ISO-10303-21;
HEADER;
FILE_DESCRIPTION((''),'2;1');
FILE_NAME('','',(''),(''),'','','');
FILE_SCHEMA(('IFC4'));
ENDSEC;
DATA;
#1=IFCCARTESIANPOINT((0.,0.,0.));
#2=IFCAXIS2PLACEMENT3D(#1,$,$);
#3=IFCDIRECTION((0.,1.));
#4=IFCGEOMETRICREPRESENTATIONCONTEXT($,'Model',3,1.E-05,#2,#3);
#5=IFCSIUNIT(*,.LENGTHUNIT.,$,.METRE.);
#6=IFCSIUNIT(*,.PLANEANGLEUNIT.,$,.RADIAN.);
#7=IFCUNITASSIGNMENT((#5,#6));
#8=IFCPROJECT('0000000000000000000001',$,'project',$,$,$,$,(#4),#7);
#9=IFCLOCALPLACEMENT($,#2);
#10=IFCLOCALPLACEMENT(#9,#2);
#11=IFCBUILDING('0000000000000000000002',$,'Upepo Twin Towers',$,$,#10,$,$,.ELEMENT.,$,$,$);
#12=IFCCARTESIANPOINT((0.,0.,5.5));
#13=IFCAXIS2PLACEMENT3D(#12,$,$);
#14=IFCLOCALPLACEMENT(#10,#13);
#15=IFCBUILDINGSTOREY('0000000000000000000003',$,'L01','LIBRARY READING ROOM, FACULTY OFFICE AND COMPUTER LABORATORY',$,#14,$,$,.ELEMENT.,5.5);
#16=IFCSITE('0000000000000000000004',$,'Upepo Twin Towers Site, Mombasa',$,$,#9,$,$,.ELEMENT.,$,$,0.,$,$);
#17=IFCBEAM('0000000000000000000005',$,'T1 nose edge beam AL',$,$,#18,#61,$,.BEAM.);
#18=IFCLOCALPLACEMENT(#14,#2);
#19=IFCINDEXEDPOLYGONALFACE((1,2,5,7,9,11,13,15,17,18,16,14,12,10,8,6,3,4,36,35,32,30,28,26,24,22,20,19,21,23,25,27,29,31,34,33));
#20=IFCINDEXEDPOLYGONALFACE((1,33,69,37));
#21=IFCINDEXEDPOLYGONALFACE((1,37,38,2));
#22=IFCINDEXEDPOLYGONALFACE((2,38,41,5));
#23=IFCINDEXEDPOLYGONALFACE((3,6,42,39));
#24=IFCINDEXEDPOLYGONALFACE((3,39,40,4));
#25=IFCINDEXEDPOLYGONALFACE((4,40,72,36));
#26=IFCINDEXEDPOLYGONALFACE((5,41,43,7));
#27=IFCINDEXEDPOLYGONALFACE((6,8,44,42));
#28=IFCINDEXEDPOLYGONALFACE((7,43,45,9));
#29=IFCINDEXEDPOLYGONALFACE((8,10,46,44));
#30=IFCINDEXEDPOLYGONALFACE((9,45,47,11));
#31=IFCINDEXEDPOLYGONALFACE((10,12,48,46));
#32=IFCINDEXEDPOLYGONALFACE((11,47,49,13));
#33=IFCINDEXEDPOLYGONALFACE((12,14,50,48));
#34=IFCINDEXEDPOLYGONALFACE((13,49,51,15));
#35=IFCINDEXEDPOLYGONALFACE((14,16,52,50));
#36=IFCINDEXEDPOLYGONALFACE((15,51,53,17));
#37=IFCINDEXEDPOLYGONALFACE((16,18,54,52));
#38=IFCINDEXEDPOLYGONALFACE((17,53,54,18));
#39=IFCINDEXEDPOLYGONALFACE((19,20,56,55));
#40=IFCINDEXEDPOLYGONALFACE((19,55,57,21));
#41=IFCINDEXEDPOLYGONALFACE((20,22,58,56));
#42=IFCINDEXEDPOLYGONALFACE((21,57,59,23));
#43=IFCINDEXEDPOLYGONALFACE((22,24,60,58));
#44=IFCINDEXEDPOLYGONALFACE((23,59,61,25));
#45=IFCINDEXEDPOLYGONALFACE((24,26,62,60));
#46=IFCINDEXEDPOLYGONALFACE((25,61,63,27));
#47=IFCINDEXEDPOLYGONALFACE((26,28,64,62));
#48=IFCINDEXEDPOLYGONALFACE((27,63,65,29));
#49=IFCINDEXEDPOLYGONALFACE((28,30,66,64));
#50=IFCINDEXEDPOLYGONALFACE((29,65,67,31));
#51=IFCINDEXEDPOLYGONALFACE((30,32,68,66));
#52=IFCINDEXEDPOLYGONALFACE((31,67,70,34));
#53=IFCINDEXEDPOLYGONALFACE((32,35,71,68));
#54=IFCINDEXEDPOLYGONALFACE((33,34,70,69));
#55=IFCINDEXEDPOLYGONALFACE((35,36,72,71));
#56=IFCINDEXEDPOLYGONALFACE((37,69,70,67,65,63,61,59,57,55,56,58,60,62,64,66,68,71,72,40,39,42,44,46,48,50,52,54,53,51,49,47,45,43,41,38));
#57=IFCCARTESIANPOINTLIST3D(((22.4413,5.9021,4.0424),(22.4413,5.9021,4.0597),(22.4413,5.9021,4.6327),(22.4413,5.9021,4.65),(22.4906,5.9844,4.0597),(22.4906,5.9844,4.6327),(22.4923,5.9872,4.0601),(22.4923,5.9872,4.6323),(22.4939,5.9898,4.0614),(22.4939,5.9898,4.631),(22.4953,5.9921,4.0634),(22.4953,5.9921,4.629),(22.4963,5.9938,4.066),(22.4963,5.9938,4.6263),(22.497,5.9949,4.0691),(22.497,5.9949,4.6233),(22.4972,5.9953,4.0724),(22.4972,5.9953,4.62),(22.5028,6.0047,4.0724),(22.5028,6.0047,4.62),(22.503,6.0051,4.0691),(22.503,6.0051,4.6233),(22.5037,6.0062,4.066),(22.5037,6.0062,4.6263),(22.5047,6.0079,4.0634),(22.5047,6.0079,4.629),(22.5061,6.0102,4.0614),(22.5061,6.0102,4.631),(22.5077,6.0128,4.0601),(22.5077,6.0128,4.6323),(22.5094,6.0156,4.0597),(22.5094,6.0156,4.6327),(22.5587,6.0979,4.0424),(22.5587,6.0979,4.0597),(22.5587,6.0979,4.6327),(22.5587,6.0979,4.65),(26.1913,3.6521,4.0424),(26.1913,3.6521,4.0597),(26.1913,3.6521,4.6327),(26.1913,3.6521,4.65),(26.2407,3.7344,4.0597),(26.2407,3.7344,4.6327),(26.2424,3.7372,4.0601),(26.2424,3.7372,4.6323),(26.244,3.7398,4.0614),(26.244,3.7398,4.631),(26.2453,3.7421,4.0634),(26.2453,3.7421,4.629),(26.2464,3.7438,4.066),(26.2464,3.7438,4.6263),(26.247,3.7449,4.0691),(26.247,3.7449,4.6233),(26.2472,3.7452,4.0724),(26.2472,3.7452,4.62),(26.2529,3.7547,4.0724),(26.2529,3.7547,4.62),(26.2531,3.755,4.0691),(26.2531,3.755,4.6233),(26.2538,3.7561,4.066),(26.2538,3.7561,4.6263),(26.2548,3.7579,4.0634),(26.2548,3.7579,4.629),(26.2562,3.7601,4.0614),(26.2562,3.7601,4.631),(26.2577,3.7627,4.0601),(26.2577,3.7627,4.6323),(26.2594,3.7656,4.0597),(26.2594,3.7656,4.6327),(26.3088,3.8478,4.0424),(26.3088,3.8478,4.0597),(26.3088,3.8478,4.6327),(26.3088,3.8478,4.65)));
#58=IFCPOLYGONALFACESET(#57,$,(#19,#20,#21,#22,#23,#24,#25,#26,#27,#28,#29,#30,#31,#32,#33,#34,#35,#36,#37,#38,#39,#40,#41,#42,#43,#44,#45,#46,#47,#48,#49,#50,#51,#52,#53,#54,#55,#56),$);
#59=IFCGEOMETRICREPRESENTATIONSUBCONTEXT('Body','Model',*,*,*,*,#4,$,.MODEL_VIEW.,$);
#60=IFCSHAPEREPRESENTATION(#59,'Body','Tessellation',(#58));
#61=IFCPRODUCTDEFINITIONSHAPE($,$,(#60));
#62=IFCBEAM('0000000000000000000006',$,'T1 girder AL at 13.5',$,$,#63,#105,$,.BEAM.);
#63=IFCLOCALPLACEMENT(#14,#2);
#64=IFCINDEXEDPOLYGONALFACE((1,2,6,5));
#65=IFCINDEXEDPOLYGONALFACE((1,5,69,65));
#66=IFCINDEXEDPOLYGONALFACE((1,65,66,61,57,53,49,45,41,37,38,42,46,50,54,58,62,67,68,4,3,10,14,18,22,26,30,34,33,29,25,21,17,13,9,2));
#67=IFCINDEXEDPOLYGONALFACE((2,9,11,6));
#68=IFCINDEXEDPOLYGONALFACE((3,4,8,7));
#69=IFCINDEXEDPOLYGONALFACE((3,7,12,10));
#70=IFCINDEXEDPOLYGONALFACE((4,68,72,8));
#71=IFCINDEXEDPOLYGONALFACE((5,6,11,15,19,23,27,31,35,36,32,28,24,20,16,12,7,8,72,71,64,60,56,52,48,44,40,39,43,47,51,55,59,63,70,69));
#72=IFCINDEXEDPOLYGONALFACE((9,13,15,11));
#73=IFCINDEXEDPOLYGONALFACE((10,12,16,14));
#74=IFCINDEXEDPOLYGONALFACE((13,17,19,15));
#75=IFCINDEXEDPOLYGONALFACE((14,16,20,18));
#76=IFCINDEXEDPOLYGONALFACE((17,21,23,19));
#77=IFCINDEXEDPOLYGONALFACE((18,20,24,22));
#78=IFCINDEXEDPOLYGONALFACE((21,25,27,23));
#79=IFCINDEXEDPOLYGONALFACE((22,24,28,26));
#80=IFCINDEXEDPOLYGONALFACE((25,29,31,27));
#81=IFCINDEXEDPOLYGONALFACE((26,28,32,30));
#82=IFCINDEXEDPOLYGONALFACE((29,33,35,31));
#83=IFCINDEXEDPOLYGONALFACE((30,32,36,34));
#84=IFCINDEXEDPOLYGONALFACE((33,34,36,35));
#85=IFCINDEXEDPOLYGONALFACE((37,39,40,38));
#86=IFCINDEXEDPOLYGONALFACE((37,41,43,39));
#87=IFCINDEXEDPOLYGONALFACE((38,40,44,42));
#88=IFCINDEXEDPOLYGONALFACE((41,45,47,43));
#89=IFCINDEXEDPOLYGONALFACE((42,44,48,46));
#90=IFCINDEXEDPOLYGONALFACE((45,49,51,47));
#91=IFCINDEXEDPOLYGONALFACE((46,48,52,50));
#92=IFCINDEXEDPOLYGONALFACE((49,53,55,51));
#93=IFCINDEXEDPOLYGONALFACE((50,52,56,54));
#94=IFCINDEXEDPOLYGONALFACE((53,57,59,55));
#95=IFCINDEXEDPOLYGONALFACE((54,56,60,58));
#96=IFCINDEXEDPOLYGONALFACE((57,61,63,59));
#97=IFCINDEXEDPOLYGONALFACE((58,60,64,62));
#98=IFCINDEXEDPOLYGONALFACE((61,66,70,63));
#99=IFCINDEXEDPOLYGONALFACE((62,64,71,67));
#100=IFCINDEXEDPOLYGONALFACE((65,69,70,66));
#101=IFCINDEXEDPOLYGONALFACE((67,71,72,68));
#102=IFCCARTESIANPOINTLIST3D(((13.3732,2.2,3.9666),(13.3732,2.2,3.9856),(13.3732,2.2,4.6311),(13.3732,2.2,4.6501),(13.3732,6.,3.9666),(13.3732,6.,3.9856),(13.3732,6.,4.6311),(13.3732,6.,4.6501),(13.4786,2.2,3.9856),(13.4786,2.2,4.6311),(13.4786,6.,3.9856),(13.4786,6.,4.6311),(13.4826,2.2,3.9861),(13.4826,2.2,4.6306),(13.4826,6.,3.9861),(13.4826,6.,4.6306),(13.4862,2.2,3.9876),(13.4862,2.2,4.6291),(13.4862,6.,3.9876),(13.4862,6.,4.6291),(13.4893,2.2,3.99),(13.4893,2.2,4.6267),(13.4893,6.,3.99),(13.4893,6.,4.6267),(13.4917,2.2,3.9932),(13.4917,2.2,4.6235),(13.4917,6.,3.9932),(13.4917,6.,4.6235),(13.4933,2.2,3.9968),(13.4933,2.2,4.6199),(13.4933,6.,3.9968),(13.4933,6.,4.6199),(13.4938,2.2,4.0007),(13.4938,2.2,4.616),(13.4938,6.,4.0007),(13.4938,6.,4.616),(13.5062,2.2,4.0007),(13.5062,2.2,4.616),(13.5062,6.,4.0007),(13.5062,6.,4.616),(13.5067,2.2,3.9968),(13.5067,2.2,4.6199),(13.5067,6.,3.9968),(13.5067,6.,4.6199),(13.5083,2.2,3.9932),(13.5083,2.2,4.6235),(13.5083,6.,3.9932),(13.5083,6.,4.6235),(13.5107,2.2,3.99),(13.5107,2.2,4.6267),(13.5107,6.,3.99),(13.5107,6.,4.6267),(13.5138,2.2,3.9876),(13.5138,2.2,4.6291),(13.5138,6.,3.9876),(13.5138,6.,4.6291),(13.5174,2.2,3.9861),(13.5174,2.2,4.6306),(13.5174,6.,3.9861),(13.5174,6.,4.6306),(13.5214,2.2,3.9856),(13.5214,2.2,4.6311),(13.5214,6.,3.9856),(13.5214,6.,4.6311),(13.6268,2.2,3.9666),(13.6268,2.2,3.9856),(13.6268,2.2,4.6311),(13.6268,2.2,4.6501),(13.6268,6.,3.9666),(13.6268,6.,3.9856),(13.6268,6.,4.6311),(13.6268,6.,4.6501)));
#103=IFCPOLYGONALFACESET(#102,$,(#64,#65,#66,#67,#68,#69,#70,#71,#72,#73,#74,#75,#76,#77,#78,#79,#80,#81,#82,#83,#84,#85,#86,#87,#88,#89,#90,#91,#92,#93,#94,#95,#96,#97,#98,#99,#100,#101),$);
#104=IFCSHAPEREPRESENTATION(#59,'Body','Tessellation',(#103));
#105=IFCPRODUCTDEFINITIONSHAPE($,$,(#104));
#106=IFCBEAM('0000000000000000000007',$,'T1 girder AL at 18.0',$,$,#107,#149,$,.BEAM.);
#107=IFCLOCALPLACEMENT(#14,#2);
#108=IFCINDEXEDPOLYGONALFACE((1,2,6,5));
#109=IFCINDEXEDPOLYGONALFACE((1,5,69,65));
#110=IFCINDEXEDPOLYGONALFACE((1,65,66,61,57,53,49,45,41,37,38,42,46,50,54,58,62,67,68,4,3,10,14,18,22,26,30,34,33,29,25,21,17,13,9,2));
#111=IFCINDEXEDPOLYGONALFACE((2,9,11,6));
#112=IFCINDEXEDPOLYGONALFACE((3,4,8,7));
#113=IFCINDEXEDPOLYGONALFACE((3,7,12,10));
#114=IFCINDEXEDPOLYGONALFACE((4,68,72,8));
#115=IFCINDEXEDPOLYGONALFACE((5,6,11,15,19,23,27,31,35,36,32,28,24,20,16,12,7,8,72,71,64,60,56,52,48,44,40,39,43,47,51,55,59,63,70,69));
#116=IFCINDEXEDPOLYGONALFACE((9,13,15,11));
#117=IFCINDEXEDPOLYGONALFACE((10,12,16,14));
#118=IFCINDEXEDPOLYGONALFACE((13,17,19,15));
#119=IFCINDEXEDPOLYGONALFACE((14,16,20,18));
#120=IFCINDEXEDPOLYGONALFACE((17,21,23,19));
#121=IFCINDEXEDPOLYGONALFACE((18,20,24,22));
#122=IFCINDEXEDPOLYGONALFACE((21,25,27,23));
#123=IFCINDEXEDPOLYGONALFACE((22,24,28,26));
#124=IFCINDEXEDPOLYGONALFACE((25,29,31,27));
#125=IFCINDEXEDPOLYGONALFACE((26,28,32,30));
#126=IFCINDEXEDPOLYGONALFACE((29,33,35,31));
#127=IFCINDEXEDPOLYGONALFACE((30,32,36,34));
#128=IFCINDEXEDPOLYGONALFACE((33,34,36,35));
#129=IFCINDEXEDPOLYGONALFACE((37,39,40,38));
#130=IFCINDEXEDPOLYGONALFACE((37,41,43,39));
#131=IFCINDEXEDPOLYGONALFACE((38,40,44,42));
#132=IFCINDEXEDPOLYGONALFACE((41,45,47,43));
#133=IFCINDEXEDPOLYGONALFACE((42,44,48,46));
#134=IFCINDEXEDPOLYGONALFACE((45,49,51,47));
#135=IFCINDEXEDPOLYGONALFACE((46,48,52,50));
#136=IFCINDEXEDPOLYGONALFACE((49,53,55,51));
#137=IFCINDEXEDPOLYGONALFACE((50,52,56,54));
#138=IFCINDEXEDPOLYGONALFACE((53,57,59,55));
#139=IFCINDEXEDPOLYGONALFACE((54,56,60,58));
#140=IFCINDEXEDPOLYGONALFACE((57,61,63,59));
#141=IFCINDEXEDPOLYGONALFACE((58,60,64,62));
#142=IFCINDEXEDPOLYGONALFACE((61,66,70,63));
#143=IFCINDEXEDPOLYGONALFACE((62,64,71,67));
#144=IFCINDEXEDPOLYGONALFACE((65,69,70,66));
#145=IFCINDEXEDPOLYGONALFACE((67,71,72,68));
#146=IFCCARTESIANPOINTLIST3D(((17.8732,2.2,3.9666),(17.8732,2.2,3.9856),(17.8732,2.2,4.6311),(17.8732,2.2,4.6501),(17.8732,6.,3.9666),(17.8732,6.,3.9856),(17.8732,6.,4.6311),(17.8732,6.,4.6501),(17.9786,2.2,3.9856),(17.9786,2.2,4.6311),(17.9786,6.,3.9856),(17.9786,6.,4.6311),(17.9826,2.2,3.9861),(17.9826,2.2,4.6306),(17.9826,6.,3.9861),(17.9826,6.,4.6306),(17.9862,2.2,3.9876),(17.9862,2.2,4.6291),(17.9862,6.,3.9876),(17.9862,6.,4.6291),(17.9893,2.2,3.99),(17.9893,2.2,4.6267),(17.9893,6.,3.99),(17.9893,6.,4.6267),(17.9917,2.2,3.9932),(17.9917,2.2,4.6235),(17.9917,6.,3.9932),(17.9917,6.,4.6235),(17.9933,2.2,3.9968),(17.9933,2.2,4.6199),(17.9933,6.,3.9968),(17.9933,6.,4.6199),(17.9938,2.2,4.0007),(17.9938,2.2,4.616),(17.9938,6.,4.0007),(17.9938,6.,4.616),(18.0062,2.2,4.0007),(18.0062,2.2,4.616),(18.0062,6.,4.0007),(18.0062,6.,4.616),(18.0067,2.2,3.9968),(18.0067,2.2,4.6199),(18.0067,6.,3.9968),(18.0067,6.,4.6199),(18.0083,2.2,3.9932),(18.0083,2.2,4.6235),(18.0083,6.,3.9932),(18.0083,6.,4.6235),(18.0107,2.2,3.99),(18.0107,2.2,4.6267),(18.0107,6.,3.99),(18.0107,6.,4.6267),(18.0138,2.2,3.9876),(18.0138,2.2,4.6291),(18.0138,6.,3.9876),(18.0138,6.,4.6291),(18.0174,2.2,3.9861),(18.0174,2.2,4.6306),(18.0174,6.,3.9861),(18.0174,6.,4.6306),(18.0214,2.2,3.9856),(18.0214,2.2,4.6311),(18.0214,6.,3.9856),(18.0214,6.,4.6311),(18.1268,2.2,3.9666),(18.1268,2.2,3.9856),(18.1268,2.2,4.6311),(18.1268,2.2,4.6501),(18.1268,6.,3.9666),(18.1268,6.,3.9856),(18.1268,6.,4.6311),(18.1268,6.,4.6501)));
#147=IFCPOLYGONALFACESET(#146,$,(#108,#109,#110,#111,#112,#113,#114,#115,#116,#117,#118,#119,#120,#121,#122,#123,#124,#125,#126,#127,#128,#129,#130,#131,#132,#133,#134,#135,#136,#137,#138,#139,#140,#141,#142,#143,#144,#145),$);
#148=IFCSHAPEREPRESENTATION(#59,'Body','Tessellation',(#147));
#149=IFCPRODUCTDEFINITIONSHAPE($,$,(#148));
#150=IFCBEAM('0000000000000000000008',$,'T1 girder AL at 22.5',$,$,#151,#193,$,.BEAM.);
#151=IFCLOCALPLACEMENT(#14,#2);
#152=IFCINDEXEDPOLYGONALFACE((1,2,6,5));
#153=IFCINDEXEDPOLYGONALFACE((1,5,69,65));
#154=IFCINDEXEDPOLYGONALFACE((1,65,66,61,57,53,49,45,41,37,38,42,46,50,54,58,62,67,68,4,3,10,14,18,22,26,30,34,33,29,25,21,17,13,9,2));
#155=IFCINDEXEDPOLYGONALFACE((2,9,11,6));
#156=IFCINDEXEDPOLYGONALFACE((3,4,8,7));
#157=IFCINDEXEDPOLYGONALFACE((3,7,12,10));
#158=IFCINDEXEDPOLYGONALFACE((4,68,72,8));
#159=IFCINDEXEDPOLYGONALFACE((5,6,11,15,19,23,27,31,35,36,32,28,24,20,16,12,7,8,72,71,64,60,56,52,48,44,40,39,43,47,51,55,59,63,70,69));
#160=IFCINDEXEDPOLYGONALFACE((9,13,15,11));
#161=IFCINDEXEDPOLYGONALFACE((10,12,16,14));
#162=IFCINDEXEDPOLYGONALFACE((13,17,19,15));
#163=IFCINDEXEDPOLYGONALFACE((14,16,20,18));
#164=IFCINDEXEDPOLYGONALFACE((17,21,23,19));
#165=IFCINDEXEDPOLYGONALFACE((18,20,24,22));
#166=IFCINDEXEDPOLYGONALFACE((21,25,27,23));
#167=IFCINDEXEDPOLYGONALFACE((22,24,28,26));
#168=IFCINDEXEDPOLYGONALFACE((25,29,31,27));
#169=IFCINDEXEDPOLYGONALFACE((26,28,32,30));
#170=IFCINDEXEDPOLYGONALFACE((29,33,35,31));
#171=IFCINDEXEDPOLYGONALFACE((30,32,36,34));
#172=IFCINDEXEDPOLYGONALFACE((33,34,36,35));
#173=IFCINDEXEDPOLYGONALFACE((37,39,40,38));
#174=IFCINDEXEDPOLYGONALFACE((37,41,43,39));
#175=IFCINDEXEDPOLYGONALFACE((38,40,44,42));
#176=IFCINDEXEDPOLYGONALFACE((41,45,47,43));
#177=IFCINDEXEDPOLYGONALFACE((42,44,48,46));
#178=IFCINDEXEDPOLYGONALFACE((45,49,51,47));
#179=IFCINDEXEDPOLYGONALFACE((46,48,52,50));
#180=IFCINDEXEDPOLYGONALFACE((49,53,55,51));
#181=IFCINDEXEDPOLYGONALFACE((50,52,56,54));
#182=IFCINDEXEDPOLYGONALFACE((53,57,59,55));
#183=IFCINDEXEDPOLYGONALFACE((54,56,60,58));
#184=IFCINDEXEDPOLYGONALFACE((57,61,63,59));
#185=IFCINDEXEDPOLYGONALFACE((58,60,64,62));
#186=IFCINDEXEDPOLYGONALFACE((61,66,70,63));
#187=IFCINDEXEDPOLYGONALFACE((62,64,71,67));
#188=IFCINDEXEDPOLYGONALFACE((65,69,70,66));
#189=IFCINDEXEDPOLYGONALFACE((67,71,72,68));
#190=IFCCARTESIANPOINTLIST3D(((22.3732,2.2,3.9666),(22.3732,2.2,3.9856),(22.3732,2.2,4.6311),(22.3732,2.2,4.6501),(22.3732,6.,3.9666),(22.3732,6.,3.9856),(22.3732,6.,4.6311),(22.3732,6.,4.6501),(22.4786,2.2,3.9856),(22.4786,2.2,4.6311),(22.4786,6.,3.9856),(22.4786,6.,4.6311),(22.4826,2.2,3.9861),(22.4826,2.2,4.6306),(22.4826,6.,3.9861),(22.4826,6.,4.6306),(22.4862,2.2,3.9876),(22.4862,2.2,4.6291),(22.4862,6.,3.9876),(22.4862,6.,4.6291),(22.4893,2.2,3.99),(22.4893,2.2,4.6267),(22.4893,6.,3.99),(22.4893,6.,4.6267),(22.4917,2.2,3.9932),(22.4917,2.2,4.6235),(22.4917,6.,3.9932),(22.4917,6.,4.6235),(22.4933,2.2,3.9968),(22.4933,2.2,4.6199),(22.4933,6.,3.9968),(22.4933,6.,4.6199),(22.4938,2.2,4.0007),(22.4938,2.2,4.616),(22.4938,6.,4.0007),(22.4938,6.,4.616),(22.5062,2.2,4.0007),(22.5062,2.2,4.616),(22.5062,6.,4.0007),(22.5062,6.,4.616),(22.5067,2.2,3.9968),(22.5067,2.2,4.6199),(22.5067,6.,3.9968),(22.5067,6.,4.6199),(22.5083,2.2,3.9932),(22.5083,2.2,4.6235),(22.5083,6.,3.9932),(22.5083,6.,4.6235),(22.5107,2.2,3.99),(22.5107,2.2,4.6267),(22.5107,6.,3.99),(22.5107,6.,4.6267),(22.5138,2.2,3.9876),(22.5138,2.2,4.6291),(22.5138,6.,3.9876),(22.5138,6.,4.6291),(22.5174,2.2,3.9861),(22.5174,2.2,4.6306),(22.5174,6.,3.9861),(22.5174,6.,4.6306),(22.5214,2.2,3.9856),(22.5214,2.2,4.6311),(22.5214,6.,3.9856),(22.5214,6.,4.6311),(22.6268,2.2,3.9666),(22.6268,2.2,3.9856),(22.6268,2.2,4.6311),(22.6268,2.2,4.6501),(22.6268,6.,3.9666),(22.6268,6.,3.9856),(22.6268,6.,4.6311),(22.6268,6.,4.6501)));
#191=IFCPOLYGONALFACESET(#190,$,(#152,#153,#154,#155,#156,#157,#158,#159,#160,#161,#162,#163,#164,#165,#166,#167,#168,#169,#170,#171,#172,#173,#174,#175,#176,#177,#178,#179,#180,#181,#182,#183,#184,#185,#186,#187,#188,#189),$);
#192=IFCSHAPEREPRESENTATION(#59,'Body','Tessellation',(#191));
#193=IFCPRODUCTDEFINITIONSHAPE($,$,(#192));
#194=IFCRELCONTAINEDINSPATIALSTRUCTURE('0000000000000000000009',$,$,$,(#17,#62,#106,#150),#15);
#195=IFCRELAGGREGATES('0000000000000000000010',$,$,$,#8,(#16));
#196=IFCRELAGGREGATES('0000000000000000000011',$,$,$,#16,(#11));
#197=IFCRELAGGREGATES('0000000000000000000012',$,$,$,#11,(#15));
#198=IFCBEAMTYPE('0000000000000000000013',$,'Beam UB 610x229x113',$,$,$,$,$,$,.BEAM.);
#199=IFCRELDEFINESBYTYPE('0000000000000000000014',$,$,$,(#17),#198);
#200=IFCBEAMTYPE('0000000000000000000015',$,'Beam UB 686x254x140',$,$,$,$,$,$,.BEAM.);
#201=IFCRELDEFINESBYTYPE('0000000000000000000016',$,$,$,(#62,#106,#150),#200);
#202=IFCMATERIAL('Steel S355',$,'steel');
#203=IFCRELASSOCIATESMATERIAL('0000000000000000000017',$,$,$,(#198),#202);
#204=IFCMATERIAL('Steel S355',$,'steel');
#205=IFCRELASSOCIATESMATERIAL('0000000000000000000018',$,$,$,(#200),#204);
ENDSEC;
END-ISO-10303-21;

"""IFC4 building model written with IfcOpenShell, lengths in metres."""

from ifc_helpers import new_model, si_unit, direction, frame, origin, origin_2d, place, context, subcontext, project, spatial, i_section, extrude, material, material_profile, profile_set, type_object, element, save


model = new_model("IFC4")

# Units and contexts
model_context = context("Model", 3, precision=1e-05, world=origin(), true_north=direction((0.0, 1.0)))
body_context = subcontext(model_context, "Body", "Model", "MODEL_VIEW")
ifc_project = project(units=[si_unit("LENGTHUNIT", "METRE"), si_unit("PLANEANGLEUNIT", "RADIAN")], contexts=[model_context])

# Site, building, storey
site_placement = place(None, origin())
site = spatial("IfcSite", under=ifc_project, at=site_placement, Name="Upepo Twin Towers Site, Mombasa", CompositionType="ELEMENT", RefElevation=0.0)
building_placement = place(site_placement, origin())
building = spatial("IfcBuilding", under=site, at=building_placement, Name="Upepo Twin Towers", CompositionType="ELEMENT")
storey_placement = place(building_placement, frame((0.0, 0.0, 5.5)))
storey = spatial("IfcBuildingStorey", under=building, at=storey_placement, Name="L01", Description="LIBRARY READING ROOM, FACULTY OFFICE AND COMPUTER LABORATORY", CompositionType="ELEMENT", Elevation=5.5)

# Beams
ifc_material_1 = material(Name="Steel S355", Category="steel")
ifc_material_profile_1 = material_profile(ifc_material_1, i_section(OverallWidth=0.2283, OverallDepth=0.6077, WebThickness=0.011, FlangeThickness=0.0173, FilletRadius=0.0127, at=origin_2d()), Name="UB 610x229x113")
ifc_profile_set_1 = profile_set([ifc_material_profile_1], Name="Steel S355")
beam_type_1 = type_object("IfcBeamType", Name="Beam UB 610x229x113", PredefinedType="BEAM", material=ifc_profile_set_1)
beam_1_placement = place(storey_placement, frame((22.5, 6.0, 4.3462), z_axis=(0.857493, -0.514496, 0.0), x_axis=(0.514496, 0.857493, 0.0)))
element("IfcBeam", 1, at=beam_1_placement, inside=storey, type_object=beam_type_1, Name="T1 nose edge beam AL", PredefinedType="BEAM", context=body_context, shape_type="SweptSolid", body=[
    extrude(i_section(OverallWidth=0.2283, OverallDepth=0.6077, WebThickness=0.011, FlangeThickness=0.0173, FilletRadius=0.0127, at=origin_2d()), origin(), (0.0, 0.0, 1.0), 4.3733),
])
ifc_material_2 = material(Name="Steel S355", Category="steel")
ifc_material_profile_2 = material_profile(ifc_material_2, i_section(OverallWidth=0.2537, OverallDepth=0.6836, WebThickness=0.0125, FlangeThickness=0.019, FilletRadius=0.0151, at=origin_2d()), Name="UB 686x254x140")
ifc_profile_set_2 = profile_set([ifc_material_profile_2], Name="Steel S355")
beam_type_2 = type_object("IfcBeamType", Name="Beam UB 686x254x140", PredefinedType="BEAM", material=ifc_profile_set_2)
for number, where, z_axis, x_axis, name in (
    (2, (13.5, 6.0, 4.3083), (0.0, -1.0, 0.0), (1.0, 0.0, 0.0), "T1 girder AL at 13.5"),
    (3, (18.0, 6.0, 4.3083), (0.0, -1.0, 0.0), (1.0, 0.0, 0.0), "T1 girder AL at 18.0"),
    (4, (22.5, 6.0, 4.3083), (0.0, -1.0, 0.0), (1.0, 0.0, 0.0), "T1 girder AL at 22.5"),
):
    element("IfcBeam", number, at=place(storey_placement, frame(where, z_axis=z_axis, x_axis=x_axis)), inside=storey, type_object=beam_type_2, Name=name, PredefinedType="BEAM", context=body_context, shape_type="SweptSolid", body=[
        extrude(i_section(OverallWidth=0.2537, OverallDepth=0.6836, WebThickness=0.0125, FlangeThickness=0.019, FilletRadius=0.0151, at=origin_2d()), origin(), (0.0, 0.0, 1.0), 3.8),
    ])

save(model, "model.ifc")
